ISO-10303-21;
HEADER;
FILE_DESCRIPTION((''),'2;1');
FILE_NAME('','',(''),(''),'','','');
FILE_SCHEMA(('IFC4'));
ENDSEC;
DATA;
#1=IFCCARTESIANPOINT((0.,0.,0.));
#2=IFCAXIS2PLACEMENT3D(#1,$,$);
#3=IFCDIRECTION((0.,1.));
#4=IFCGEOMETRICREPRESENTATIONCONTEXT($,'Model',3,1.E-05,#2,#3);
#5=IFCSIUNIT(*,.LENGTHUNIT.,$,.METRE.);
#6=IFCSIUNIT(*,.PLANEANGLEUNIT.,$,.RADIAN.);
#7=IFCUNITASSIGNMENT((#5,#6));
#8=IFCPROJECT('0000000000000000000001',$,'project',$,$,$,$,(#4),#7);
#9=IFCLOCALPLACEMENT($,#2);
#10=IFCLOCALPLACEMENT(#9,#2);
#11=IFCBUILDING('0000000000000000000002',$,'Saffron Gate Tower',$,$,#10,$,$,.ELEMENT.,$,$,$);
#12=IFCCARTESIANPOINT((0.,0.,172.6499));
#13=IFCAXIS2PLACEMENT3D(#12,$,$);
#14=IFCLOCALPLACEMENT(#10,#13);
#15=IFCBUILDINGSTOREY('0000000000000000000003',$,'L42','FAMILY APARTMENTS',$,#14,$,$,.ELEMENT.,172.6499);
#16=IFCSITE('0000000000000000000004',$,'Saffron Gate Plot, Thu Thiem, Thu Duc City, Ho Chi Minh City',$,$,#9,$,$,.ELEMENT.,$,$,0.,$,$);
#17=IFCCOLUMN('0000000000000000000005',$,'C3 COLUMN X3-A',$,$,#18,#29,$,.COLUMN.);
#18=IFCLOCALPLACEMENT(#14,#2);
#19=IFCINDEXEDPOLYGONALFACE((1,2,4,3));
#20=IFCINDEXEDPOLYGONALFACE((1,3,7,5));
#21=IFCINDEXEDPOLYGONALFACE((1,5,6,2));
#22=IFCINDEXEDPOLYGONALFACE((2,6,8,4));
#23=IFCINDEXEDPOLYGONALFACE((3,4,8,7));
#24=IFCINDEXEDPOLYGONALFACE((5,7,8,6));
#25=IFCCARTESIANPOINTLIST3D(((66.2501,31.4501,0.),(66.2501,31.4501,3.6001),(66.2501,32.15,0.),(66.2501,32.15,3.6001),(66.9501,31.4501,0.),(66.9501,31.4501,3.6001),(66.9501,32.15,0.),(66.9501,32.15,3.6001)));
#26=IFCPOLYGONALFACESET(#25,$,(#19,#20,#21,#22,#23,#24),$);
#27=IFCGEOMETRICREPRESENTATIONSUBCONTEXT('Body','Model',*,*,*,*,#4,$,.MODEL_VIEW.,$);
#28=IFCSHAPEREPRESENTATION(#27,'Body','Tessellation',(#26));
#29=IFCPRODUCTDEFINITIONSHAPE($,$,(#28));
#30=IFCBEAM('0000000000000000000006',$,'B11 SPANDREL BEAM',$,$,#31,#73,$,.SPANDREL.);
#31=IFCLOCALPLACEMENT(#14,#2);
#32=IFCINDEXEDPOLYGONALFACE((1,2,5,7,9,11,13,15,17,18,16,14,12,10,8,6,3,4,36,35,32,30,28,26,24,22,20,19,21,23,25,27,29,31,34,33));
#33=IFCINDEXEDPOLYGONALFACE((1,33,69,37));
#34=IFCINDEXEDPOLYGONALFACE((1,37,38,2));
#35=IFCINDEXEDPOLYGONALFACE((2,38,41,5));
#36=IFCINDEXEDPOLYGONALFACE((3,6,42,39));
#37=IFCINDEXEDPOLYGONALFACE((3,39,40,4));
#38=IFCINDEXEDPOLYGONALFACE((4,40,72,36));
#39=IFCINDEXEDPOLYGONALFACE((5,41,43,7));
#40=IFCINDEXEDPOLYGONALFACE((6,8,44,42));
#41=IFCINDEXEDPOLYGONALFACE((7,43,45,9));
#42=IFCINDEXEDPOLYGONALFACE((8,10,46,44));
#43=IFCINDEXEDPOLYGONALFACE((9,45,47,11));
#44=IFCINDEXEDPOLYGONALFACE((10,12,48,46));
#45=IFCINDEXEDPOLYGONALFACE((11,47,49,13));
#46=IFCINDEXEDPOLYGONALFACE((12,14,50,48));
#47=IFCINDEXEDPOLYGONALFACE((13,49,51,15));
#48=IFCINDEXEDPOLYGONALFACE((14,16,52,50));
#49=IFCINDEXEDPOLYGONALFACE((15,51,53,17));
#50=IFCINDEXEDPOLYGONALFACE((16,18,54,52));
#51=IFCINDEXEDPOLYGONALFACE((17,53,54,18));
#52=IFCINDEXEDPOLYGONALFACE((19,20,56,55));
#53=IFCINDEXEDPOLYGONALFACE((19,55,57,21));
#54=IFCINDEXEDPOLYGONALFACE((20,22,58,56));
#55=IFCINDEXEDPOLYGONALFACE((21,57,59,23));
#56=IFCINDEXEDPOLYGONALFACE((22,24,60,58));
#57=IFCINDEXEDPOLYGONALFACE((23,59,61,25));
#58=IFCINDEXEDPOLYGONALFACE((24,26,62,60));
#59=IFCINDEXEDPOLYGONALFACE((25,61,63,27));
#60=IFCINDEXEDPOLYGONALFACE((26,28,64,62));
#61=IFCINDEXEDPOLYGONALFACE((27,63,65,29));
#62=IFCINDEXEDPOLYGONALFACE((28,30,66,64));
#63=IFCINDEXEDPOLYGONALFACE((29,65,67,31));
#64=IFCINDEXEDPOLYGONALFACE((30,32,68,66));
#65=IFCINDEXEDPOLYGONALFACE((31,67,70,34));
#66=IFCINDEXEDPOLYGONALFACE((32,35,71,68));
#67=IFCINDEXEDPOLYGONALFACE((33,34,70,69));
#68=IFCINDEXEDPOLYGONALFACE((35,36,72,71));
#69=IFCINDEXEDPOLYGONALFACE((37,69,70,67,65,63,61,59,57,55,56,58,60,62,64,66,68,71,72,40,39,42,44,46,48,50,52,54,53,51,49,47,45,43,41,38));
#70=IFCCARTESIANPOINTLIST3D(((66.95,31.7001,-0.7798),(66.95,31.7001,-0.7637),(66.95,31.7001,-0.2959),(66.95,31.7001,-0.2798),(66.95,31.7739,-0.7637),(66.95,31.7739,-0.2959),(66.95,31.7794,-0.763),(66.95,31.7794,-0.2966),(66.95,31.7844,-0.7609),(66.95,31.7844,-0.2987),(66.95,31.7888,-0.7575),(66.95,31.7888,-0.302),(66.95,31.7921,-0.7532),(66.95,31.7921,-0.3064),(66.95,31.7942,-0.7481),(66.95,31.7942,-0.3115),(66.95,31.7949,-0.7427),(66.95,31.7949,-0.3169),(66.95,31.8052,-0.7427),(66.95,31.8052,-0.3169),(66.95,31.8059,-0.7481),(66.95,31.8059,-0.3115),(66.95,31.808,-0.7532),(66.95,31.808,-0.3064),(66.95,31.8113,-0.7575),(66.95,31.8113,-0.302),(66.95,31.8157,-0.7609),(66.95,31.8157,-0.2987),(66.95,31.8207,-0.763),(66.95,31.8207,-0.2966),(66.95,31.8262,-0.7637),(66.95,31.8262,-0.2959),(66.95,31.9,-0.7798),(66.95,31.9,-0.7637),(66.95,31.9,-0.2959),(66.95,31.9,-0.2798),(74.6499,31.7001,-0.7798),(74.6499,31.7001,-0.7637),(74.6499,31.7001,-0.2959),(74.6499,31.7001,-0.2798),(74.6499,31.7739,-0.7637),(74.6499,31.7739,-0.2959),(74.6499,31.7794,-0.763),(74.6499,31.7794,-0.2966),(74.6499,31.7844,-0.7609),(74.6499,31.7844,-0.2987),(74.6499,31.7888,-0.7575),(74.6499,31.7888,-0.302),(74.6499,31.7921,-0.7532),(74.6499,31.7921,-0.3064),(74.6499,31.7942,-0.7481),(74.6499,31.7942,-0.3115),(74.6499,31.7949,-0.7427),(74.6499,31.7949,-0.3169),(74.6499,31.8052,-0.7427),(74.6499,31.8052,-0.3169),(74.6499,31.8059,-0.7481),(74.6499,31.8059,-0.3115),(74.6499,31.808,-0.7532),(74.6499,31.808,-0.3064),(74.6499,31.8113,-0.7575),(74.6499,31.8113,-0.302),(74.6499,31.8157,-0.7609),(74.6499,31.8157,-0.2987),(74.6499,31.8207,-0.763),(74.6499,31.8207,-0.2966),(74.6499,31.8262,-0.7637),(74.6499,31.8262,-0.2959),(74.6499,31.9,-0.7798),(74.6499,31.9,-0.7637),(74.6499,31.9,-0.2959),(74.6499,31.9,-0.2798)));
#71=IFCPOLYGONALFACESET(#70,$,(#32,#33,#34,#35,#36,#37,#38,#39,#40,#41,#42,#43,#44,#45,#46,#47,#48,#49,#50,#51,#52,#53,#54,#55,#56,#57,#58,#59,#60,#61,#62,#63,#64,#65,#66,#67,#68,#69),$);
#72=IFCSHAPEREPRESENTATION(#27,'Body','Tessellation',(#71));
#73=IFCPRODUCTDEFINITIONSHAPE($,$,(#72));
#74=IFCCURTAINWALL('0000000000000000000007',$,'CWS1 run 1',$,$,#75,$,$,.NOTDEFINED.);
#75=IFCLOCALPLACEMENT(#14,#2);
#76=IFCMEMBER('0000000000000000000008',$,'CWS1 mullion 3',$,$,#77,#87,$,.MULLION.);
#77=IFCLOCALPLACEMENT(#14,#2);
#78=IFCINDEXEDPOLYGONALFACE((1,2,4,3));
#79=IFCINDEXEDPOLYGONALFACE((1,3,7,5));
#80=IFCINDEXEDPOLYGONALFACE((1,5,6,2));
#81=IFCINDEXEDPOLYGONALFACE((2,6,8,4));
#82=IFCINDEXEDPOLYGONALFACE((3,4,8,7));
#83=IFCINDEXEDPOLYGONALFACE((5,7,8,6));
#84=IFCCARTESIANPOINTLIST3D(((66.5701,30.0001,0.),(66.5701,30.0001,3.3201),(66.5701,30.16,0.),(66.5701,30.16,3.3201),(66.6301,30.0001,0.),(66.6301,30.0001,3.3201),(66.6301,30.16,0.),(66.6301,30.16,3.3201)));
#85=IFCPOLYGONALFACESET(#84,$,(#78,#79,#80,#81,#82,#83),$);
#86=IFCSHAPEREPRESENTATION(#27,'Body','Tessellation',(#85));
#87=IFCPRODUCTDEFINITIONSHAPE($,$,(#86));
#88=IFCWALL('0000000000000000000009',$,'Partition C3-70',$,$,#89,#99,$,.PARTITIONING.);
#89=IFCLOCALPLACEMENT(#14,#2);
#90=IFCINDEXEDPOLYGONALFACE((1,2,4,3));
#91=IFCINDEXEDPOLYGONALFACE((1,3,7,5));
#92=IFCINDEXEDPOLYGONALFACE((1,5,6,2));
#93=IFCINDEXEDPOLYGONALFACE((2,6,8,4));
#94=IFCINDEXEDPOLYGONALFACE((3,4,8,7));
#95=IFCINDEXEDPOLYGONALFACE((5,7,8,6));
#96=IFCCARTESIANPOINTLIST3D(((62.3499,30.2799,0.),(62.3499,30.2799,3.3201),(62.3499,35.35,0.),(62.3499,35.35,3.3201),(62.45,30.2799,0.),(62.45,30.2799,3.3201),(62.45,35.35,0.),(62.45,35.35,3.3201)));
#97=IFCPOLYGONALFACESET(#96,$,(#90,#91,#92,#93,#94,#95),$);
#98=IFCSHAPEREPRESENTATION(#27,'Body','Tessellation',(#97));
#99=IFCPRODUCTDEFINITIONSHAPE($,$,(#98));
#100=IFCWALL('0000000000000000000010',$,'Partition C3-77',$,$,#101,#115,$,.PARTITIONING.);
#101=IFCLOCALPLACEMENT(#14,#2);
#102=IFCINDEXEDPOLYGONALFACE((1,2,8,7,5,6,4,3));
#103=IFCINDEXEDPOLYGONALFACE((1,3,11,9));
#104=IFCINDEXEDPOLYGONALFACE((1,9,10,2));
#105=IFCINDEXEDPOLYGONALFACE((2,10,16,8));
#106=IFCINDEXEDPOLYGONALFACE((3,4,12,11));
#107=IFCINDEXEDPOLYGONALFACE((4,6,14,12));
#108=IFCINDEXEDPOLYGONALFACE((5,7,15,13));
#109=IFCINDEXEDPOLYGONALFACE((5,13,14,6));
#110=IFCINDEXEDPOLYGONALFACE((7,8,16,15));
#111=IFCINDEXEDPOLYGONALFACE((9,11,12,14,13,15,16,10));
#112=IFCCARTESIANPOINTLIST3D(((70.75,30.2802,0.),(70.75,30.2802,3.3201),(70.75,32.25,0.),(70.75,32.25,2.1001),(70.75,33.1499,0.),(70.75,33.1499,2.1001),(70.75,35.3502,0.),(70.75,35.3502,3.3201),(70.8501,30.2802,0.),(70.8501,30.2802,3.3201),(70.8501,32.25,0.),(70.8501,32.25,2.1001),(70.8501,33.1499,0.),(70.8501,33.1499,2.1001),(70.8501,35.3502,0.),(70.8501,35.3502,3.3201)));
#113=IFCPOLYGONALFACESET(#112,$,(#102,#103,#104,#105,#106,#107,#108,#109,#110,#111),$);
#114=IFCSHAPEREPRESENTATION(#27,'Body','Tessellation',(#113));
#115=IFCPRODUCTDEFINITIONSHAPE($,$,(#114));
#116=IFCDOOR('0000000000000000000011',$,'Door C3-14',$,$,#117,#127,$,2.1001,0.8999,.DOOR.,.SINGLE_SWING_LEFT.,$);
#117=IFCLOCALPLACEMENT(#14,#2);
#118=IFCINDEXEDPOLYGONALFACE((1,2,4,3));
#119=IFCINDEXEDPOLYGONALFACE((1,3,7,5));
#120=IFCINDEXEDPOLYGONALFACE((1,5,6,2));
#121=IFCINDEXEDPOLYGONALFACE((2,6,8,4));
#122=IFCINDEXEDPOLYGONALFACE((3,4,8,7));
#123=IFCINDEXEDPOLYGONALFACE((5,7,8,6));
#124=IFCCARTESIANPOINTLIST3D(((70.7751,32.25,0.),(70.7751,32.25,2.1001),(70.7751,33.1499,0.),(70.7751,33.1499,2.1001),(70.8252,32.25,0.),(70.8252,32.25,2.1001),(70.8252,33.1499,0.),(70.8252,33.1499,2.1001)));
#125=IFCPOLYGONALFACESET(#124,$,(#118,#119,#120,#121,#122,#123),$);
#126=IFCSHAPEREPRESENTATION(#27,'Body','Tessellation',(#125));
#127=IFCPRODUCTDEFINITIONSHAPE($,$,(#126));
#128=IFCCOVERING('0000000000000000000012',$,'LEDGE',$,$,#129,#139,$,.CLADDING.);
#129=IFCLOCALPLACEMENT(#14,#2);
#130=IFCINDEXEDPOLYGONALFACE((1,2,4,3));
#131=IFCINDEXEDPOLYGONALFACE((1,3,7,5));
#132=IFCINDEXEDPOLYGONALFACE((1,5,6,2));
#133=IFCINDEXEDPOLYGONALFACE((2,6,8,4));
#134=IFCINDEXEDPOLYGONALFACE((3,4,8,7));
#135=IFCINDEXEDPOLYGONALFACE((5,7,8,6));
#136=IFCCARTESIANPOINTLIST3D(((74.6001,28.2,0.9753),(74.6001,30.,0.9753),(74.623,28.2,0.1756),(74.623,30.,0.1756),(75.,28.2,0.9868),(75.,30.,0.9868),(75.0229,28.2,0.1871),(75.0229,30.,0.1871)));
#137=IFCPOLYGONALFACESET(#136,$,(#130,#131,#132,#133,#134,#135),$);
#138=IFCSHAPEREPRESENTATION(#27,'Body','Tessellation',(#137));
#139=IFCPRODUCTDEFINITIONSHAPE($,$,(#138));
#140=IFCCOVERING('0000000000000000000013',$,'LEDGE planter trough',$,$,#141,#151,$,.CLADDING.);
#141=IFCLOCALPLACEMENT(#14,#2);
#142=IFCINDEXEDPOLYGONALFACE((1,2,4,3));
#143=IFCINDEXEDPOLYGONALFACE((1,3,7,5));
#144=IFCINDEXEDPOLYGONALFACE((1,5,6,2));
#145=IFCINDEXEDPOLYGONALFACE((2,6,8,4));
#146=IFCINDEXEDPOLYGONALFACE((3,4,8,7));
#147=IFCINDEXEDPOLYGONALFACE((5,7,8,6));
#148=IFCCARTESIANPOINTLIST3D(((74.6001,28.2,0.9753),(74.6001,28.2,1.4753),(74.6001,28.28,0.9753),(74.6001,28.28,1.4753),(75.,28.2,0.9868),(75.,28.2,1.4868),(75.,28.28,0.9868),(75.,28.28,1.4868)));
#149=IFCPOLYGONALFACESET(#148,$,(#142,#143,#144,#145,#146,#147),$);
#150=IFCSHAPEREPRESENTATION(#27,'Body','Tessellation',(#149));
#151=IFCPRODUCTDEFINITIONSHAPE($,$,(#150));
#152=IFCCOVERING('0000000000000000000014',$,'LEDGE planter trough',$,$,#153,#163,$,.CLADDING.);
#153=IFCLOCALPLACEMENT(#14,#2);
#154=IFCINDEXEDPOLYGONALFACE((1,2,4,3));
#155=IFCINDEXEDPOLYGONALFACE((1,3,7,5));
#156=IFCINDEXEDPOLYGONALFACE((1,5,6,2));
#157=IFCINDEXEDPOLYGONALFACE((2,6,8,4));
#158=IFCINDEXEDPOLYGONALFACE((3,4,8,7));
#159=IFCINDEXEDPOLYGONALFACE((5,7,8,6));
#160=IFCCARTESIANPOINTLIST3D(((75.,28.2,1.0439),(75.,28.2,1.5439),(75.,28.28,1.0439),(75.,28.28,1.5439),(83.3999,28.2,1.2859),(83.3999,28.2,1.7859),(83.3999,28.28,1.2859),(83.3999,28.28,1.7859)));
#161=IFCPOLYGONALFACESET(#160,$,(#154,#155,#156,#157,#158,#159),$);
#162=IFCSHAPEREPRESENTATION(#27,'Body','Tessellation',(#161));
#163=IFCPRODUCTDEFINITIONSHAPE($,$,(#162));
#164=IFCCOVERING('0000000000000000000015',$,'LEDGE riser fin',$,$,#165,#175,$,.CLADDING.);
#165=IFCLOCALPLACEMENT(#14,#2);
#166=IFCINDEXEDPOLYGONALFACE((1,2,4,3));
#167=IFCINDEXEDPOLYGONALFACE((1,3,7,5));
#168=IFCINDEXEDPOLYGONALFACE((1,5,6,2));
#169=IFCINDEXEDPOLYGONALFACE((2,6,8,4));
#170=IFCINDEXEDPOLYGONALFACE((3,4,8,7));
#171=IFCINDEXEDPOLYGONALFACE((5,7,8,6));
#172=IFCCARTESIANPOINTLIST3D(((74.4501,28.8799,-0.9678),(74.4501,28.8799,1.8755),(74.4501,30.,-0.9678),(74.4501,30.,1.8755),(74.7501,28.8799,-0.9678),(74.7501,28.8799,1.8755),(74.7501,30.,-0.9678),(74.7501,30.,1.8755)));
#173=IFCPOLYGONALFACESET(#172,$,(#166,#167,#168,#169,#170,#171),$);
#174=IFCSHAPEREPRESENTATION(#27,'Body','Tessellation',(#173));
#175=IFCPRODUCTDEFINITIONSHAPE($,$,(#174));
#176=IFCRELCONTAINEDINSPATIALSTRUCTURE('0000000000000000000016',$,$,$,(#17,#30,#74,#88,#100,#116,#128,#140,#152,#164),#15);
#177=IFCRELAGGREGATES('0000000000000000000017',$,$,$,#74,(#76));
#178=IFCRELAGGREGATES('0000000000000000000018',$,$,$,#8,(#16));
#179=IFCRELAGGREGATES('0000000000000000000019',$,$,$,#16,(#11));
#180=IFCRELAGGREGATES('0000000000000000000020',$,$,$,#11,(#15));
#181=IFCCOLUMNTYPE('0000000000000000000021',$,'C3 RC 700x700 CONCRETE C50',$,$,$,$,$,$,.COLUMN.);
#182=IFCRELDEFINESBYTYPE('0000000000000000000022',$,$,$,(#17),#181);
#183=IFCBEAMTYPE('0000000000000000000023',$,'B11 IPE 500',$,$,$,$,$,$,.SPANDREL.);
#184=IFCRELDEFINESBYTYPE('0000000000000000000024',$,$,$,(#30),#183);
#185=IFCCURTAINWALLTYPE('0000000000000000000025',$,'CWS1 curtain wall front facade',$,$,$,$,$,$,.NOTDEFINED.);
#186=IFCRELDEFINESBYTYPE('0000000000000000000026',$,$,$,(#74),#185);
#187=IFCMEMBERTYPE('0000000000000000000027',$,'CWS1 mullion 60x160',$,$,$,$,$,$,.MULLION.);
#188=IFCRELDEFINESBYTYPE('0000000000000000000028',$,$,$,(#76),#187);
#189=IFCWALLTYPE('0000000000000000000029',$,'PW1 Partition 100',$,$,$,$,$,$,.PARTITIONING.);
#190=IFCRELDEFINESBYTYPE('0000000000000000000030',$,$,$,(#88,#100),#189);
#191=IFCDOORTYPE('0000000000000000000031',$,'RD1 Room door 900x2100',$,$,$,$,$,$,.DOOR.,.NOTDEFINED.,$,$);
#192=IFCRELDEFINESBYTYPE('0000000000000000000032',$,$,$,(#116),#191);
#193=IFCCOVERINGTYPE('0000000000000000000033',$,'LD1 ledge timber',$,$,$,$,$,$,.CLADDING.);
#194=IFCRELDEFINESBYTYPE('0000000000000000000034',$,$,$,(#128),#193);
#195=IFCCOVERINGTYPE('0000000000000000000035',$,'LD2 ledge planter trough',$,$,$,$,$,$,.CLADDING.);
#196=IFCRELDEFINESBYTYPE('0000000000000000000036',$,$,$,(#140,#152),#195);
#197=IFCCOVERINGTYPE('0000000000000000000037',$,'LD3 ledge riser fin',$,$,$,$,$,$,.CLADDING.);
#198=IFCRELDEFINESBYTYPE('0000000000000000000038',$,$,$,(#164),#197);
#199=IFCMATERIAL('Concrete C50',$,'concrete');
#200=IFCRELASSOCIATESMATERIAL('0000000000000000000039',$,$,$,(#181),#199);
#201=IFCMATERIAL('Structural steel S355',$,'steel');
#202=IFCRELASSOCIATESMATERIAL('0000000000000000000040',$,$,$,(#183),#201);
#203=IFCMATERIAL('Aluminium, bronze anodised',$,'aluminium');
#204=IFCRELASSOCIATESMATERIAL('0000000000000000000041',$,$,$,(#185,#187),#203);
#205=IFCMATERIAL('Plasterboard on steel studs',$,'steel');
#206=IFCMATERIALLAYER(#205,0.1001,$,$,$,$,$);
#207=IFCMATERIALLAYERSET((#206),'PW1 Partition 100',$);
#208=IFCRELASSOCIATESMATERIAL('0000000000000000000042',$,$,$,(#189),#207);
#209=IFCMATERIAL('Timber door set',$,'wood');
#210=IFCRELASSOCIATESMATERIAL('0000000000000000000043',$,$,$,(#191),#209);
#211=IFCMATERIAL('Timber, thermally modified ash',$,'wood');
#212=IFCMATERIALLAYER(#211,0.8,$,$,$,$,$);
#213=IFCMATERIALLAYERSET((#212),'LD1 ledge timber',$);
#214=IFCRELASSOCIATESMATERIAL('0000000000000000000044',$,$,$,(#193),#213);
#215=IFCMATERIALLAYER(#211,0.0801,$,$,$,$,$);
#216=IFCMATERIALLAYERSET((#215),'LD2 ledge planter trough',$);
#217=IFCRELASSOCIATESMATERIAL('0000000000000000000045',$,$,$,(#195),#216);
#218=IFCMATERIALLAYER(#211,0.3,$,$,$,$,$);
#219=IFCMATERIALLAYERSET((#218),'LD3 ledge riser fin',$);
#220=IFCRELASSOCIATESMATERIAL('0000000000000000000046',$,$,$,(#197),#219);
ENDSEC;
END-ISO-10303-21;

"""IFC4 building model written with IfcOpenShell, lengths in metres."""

from ifc_helpers import new_model, si_unit, direction, frame, frame_2d, origin, origin_2d, place, context, subcontext, project, spatial, polyline, rectangle, i_section, outline, extrude, material, layer, layer_set, material_profile, profile_set, type_object, element, fill, aggregate, save


model = new_model("IFC4")

# Units and contexts
model_context = context("Model", 3, precision=1e-05, world=origin(), true_north=direction((0.0, 1.0)))
body_context = subcontext(model_context, "Body", "Model", "MODEL_VIEW")
ifc_project = project(units=[si_unit("LENGTHUNIT", "METRE"), si_unit("PLANEANGLEUNIT", "RADIAN")], contexts=[model_context])

# Site, building, storey
site_placement = place(None, origin())
site = spatial("IfcSite", under=ifc_project, at=site_placement, Name="Saffron Gate Plot, Thu Thiem, Thu Duc City, Ho Chi Minh City", CompositionType="ELEMENT", RefElevation=0.0)
building_placement = place(site_placement, origin())
building = spatial("IfcBuilding", under=site, at=building_placement, Name="Saffron Gate Tower", CompositionType="ELEMENT")
storey_placement = place(building_placement, frame((0.0, 0.0, 172.6499)))
storey = spatial("IfcBuildingStorey", under=building, at=storey_placement, Name="L42", Description="FAMILY APARTMENTS", CompositionType="ELEMENT", Elevation=172.6499)

# Column
ifc_material_1 = material(Name="Concrete C50", Category="concrete")
ifc_material_profile_1 = material_profile(ifc_material_1, rectangle(XDim=0.7, YDim=0.7, at=origin_2d()))
ifc_profile_set_1 = profile_set([ifc_material_profile_1], Name="Concrete C50")
column_type = type_object("IfcColumnType", Name="C3 RC 700x700 CONCRETE C50", PredefinedType="COLUMN", material=ifc_profile_set_1)
column_placement = place(storey_placement, frame((66.6001, 31.8, 0.0), z_axis=(0.0, 0.0, 1.0), x_axis=(1.0, 0.0, 0.0)))
element("IfcColumn", 1, at=column_placement, inside=storey, type_object=column_type, Name="C3 COLUMN X3-A", PredefinedType="COLUMN", context=body_context, shape_type="SweptSolid", body=[
    extrude(rectangle(XDim=0.7, YDim=0.7, at=origin_2d()), origin(), (0.0, 0.0, 1.0), 3.6001),
])

# Beam
ifc_material_2 = material(Name="Structural steel S355", Category="steel")
ifc_material_profile_2 = material_profile(ifc_material_2, i_section(OverallWidth=0.2, OverallDepth=0.5, WebThickness=0.0103, FlangeThickness=0.0161, FilletRadius=0.021, at=origin_2d()))
ifc_profile_set_2 = profile_set([ifc_material_profile_2], Name="Structural steel S355")
beam_type = type_object("IfcBeamType", Name="B11 IPE 500", PredefinedType="SPANDREL", material=ifc_profile_set_2)
beam_placement = place(storey_placement, frame((66.95, 31.8, -0.5298), z_axis=(1.0, 0.0, 0.0), x_axis=(0.0, 1.0, 0.0)))
element("IfcBeam", 2, at=beam_placement, inside=storey, type_object=beam_type, Name="B11 SPANDREL BEAM", PredefinedType="SPANDREL", context=body_context, shape_type="SweptSolid", body=[
    extrude(i_section(OverallWidth=0.2, OverallDepth=0.5, WebThickness=0.0103, FlangeThickness=0.0161, FilletRadius=0.021, at=origin_2d()), origin(), (0.0, 0.0, 1.0), 7.7),
])

# Curtain wall, member
ifc_material_3 = material(Name="Aluminium, bronze anodised", Category="aluminium")
curtain_wall_type = type_object("IfcCurtainWallType", Name="CWS1 curtain wall front facade", PredefinedType="NOTDEFINED", material=ifc_material_3)
curtain_wall_placement = place(storey_placement, origin())
curtain_wall = element("IfcCurtainWall", 3, at=curtain_wall_placement, inside=storey, type_object=curtain_wall_type, Name="CWS1 run 1", PredefinedType="NOTDEFINED")
ifc_material_profile_3 = material_profile(ifc_material_3, rectangle(XDim=0.1599, YDim=0.0601, at=origin_2d()))
ifc_profile_set_3 = profile_set([ifc_material_profile_3], Name="Aluminium, bronze anodised")
member_type = type_object("IfcMemberType", Name="CWS1 mullion 60x160", PredefinedType="MULLION", material=ifc_profile_set_3)
member_placement = place(storey_placement, frame((66.6001, 30.0801, 0.0), z_axis=(0.0, 0.0, 1.0), x_axis=(0.0, 1.0, 0.0)))
member = element("IfcMember", 4, at=member_placement, type_object=member_type, Name="CWS1 mullion 3", PredefinedType="MULLION", context=body_context, shape_type="SweptSolid", body=[
    extrude(rectangle(XDim=0.1599, YDim=0.0601, at=origin_2d()), origin(), (0.0, 0.0, 1.0), 3.3201),
])
aggregate(curtain_wall, [member])

# Wall
ifc_material_4 = material(Name="Plasterboard on steel studs", Category="steel")
ifc_layer_1 = layer(ifc_material_4, 0.1001)
ifc_layer_set_1 = layer_set([ifc_layer_1], Name="PW1 Partition 100")
wall_type = type_object("IfcWallType", Name="PW1 Partition 100", PredefinedType="PARTITIONING", material=ifc_layer_set_1)
wall_1_placement = place(storey_placement, frame((62.3999, 35.3501, 0.0), z_axis=(0.0, 0.0, 1.0), x_axis=(0.0, -1.0, 0.0)))
element("IfcWall", 5, at=wall_1_placement, inside=storey, type_object=wall_type, Name="Partition C3-70", PredefinedType="PARTITIONING", context=body_context, shape_type="SweptSolid", body=[
    extrude(rectangle(XDim=5.0701, YDim=0.1001, at=frame_2d((2.5352, 0.0))), origin(), (0.0, 0.0, 1.0), 3.3201),
])

# Wall, opening, door
wall_2_placement = place(storey_placement, frame((70.8, 30.28, 0.0), z_axis=(0.0, 0.0, 1.0), x_axis=(0.0, 1.0, 0.0)))
wall_2 = element("IfcWall", 6, at=wall_2_placement, inside=storey, type_object=wall_type, Name="Partition C3-77", PredefinedType="PARTITIONING", context=body_context, shape_type="SweptSolid", body=[
    extrude(rectangle(XDim=5.0701, YDim=0.1001, at=frame_2d((2.5352, 0.0))), origin(), (0.0, 0.0, 1.0), 3.3201),
])
opening_placement = place(wall_2_placement, frame((1.97, 0.0, 0.0)))
opening = element("IfcOpeningElement", 7, at=opening_placement, cuts=wall_2, PredefinedType="OPENING", context=body_context, shape_type="SweptSolid", body=[
    extrude(rectangle(XDim=0.8999, YDim=2.1001, at=frame_2d((0.45, 1.05))), frame((0.0, 0.0601, 0.0), z_axis=(0.0, -1.0, 0.0), x_axis=(1.0, 0.0, 0.0)), (0.0, 0.0, 1.0), 0.1201),
])
ifc_material_5 = material(Name="Timber door set", Category="wood")
door_type = type_object("IfcDoorType", Name="RD1 Room door 900x2100", OperationType="NOTDEFINED", PredefinedType="DOOR", material=ifc_material_5)
door_placement = place(opening_placement, origin())
door = element("IfcDoor", 8, at=door_placement, inside=storey, type_object=door_type, Name="Door C3-14", OperationType="SINGLE_SWING_LEFT", OverallHeight=2.1001, OverallWidth=0.8999, PredefinedType="DOOR", context=body_context, shape_type="SweptSolid", body=[
    extrude(rectangle(XDim=0.8999, YDim=2.1001, at=frame_2d((0.45, 1.05))), frame((0.0, 0.0249, 0.0), z_axis=(0.0, -1.0, 0.0), x_axis=(1.0, 0.0, 0.0)), (0.0, 0.0, 1.0), 0.05),
])
fill(opening, door)

# Coverings
ifc_material_6 = material(Name="Timber, thermally modified ash", Category="wood")
ifc_layer_2 = layer(ifc_material_6, 0.8)
ifc_layer_set_2 = layer_set([ifc_layer_2], Name="LD1 ledge timber")
covering_type_1 = type_object("IfcCoveringType", Name="LD1 ledge timber", PredefinedType="CLADDING", material=ifc_layer_set_2)
covering_1_placement = place(storey_placement, frame((74.6001, 30.0, 0.9753), z_axis=(-0.028682, 0.0, 0.999589), x_axis=(0.999589, 0.0, 0.028682)))
element("IfcCovering", 9, at=covering_1_placement, inside=storey, type_object=covering_type_1, Name="LEDGE", PredefinedType="CLADDING", context=body_context, shape_type="SweptSolid", body=[
    extrude(outline(polyline([(0.0, 0.0), (0.4001, 0.0), (0.4001, -1.8), (0.0, -1.8), (0.0, 0.0)])), origin(), (0.0, 0.0, -1.0), 0.8),
])
ifc_layer_3 = layer(ifc_material_6, 0.0801)
ifc_layer_set_3 = layer_set([ifc_layer_3], Name="LD2 ledge planter trough")
covering_type_2 = type_object("IfcCoveringType", Name="LD2 ledge planter trough", PredefinedType="CLADDING", material=ifc_layer_set_3)
covering_2_placement = place(storey_placement, frame((74.6001, 28.2, 0.9753), z_axis=(0.0, -1.0, 0.0), x_axis=(0.999589, 0.0, 0.028682)))
element("IfcCovering", 10, at=covering_2_placement, inside=storey, type_object=covering_type_2, Name="LEDGE planter trough", PredefinedType="CLADDING", context=body_context, shape_type="SweptSolid", body=[
    extrude(outline(polyline([(0.0, 0.0), (0.4001, 0.0), (0.4144, 0.4998), (0.0143, 0.4998), (0.0, 0.0)])), origin(), (0.0, 0.0, -1.0), 0.0801),
])
covering_3_placement = place(storey_placement, frame((75.0, 28.2, 1.0439), z_axis=(0.0, -1.0, 0.0), x_axis=(0.999585, 0.0, 0.028791)))
element("IfcCovering", 11, at=covering_3_placement, inside=storey, type_object=covering_type_2, Name="LEDGE planter trough", PredefinedType="CLADDING", context=body_context, shape_type="SweptSolid", body=[
    extrude(outline(polyline([(0.0, 0.0), (8.4034, 0.0), (8.4178, 0.4998), (0.0144, 0.4998), (0.0, 0.0)])), origin(), (0.0, 0.0, -1.0), 0.0801),
])
ifc_layer_4 = layer(ifc_material_6, 0.3)
ifc_layer_set_4 = layer_set([ifc_layer_4], Name="LD3 ledge riser fin")
covering_type_3 = type_object("IfcCoveringType", Name="LD3 ledge riser fin", PredefinedType="CLADDING", material=ifc_layer_set_4)
covering_4_placement = place(storey_placement, frame((74.6001, 29.4399, -0.9678), z_axis=(0.0, 0.0, 1.0), x_axis=(1.0, 0.0, 0.0)))
element("IfcCovering", 12, at=covering_4_placement, inside=storey, type_object=covering_type_3, Name="LEDGE riser fin", PredefinedType="CLADDING", context=body_context, shape_type="SweptSolid", body=[
    extrude(rectangle(XDim=0.3, YDim=1.1201, at=origin_2d()), origin(), (0.0, 0.0, 1.0), 2.8433),
])

save(model, "model.ifc")
